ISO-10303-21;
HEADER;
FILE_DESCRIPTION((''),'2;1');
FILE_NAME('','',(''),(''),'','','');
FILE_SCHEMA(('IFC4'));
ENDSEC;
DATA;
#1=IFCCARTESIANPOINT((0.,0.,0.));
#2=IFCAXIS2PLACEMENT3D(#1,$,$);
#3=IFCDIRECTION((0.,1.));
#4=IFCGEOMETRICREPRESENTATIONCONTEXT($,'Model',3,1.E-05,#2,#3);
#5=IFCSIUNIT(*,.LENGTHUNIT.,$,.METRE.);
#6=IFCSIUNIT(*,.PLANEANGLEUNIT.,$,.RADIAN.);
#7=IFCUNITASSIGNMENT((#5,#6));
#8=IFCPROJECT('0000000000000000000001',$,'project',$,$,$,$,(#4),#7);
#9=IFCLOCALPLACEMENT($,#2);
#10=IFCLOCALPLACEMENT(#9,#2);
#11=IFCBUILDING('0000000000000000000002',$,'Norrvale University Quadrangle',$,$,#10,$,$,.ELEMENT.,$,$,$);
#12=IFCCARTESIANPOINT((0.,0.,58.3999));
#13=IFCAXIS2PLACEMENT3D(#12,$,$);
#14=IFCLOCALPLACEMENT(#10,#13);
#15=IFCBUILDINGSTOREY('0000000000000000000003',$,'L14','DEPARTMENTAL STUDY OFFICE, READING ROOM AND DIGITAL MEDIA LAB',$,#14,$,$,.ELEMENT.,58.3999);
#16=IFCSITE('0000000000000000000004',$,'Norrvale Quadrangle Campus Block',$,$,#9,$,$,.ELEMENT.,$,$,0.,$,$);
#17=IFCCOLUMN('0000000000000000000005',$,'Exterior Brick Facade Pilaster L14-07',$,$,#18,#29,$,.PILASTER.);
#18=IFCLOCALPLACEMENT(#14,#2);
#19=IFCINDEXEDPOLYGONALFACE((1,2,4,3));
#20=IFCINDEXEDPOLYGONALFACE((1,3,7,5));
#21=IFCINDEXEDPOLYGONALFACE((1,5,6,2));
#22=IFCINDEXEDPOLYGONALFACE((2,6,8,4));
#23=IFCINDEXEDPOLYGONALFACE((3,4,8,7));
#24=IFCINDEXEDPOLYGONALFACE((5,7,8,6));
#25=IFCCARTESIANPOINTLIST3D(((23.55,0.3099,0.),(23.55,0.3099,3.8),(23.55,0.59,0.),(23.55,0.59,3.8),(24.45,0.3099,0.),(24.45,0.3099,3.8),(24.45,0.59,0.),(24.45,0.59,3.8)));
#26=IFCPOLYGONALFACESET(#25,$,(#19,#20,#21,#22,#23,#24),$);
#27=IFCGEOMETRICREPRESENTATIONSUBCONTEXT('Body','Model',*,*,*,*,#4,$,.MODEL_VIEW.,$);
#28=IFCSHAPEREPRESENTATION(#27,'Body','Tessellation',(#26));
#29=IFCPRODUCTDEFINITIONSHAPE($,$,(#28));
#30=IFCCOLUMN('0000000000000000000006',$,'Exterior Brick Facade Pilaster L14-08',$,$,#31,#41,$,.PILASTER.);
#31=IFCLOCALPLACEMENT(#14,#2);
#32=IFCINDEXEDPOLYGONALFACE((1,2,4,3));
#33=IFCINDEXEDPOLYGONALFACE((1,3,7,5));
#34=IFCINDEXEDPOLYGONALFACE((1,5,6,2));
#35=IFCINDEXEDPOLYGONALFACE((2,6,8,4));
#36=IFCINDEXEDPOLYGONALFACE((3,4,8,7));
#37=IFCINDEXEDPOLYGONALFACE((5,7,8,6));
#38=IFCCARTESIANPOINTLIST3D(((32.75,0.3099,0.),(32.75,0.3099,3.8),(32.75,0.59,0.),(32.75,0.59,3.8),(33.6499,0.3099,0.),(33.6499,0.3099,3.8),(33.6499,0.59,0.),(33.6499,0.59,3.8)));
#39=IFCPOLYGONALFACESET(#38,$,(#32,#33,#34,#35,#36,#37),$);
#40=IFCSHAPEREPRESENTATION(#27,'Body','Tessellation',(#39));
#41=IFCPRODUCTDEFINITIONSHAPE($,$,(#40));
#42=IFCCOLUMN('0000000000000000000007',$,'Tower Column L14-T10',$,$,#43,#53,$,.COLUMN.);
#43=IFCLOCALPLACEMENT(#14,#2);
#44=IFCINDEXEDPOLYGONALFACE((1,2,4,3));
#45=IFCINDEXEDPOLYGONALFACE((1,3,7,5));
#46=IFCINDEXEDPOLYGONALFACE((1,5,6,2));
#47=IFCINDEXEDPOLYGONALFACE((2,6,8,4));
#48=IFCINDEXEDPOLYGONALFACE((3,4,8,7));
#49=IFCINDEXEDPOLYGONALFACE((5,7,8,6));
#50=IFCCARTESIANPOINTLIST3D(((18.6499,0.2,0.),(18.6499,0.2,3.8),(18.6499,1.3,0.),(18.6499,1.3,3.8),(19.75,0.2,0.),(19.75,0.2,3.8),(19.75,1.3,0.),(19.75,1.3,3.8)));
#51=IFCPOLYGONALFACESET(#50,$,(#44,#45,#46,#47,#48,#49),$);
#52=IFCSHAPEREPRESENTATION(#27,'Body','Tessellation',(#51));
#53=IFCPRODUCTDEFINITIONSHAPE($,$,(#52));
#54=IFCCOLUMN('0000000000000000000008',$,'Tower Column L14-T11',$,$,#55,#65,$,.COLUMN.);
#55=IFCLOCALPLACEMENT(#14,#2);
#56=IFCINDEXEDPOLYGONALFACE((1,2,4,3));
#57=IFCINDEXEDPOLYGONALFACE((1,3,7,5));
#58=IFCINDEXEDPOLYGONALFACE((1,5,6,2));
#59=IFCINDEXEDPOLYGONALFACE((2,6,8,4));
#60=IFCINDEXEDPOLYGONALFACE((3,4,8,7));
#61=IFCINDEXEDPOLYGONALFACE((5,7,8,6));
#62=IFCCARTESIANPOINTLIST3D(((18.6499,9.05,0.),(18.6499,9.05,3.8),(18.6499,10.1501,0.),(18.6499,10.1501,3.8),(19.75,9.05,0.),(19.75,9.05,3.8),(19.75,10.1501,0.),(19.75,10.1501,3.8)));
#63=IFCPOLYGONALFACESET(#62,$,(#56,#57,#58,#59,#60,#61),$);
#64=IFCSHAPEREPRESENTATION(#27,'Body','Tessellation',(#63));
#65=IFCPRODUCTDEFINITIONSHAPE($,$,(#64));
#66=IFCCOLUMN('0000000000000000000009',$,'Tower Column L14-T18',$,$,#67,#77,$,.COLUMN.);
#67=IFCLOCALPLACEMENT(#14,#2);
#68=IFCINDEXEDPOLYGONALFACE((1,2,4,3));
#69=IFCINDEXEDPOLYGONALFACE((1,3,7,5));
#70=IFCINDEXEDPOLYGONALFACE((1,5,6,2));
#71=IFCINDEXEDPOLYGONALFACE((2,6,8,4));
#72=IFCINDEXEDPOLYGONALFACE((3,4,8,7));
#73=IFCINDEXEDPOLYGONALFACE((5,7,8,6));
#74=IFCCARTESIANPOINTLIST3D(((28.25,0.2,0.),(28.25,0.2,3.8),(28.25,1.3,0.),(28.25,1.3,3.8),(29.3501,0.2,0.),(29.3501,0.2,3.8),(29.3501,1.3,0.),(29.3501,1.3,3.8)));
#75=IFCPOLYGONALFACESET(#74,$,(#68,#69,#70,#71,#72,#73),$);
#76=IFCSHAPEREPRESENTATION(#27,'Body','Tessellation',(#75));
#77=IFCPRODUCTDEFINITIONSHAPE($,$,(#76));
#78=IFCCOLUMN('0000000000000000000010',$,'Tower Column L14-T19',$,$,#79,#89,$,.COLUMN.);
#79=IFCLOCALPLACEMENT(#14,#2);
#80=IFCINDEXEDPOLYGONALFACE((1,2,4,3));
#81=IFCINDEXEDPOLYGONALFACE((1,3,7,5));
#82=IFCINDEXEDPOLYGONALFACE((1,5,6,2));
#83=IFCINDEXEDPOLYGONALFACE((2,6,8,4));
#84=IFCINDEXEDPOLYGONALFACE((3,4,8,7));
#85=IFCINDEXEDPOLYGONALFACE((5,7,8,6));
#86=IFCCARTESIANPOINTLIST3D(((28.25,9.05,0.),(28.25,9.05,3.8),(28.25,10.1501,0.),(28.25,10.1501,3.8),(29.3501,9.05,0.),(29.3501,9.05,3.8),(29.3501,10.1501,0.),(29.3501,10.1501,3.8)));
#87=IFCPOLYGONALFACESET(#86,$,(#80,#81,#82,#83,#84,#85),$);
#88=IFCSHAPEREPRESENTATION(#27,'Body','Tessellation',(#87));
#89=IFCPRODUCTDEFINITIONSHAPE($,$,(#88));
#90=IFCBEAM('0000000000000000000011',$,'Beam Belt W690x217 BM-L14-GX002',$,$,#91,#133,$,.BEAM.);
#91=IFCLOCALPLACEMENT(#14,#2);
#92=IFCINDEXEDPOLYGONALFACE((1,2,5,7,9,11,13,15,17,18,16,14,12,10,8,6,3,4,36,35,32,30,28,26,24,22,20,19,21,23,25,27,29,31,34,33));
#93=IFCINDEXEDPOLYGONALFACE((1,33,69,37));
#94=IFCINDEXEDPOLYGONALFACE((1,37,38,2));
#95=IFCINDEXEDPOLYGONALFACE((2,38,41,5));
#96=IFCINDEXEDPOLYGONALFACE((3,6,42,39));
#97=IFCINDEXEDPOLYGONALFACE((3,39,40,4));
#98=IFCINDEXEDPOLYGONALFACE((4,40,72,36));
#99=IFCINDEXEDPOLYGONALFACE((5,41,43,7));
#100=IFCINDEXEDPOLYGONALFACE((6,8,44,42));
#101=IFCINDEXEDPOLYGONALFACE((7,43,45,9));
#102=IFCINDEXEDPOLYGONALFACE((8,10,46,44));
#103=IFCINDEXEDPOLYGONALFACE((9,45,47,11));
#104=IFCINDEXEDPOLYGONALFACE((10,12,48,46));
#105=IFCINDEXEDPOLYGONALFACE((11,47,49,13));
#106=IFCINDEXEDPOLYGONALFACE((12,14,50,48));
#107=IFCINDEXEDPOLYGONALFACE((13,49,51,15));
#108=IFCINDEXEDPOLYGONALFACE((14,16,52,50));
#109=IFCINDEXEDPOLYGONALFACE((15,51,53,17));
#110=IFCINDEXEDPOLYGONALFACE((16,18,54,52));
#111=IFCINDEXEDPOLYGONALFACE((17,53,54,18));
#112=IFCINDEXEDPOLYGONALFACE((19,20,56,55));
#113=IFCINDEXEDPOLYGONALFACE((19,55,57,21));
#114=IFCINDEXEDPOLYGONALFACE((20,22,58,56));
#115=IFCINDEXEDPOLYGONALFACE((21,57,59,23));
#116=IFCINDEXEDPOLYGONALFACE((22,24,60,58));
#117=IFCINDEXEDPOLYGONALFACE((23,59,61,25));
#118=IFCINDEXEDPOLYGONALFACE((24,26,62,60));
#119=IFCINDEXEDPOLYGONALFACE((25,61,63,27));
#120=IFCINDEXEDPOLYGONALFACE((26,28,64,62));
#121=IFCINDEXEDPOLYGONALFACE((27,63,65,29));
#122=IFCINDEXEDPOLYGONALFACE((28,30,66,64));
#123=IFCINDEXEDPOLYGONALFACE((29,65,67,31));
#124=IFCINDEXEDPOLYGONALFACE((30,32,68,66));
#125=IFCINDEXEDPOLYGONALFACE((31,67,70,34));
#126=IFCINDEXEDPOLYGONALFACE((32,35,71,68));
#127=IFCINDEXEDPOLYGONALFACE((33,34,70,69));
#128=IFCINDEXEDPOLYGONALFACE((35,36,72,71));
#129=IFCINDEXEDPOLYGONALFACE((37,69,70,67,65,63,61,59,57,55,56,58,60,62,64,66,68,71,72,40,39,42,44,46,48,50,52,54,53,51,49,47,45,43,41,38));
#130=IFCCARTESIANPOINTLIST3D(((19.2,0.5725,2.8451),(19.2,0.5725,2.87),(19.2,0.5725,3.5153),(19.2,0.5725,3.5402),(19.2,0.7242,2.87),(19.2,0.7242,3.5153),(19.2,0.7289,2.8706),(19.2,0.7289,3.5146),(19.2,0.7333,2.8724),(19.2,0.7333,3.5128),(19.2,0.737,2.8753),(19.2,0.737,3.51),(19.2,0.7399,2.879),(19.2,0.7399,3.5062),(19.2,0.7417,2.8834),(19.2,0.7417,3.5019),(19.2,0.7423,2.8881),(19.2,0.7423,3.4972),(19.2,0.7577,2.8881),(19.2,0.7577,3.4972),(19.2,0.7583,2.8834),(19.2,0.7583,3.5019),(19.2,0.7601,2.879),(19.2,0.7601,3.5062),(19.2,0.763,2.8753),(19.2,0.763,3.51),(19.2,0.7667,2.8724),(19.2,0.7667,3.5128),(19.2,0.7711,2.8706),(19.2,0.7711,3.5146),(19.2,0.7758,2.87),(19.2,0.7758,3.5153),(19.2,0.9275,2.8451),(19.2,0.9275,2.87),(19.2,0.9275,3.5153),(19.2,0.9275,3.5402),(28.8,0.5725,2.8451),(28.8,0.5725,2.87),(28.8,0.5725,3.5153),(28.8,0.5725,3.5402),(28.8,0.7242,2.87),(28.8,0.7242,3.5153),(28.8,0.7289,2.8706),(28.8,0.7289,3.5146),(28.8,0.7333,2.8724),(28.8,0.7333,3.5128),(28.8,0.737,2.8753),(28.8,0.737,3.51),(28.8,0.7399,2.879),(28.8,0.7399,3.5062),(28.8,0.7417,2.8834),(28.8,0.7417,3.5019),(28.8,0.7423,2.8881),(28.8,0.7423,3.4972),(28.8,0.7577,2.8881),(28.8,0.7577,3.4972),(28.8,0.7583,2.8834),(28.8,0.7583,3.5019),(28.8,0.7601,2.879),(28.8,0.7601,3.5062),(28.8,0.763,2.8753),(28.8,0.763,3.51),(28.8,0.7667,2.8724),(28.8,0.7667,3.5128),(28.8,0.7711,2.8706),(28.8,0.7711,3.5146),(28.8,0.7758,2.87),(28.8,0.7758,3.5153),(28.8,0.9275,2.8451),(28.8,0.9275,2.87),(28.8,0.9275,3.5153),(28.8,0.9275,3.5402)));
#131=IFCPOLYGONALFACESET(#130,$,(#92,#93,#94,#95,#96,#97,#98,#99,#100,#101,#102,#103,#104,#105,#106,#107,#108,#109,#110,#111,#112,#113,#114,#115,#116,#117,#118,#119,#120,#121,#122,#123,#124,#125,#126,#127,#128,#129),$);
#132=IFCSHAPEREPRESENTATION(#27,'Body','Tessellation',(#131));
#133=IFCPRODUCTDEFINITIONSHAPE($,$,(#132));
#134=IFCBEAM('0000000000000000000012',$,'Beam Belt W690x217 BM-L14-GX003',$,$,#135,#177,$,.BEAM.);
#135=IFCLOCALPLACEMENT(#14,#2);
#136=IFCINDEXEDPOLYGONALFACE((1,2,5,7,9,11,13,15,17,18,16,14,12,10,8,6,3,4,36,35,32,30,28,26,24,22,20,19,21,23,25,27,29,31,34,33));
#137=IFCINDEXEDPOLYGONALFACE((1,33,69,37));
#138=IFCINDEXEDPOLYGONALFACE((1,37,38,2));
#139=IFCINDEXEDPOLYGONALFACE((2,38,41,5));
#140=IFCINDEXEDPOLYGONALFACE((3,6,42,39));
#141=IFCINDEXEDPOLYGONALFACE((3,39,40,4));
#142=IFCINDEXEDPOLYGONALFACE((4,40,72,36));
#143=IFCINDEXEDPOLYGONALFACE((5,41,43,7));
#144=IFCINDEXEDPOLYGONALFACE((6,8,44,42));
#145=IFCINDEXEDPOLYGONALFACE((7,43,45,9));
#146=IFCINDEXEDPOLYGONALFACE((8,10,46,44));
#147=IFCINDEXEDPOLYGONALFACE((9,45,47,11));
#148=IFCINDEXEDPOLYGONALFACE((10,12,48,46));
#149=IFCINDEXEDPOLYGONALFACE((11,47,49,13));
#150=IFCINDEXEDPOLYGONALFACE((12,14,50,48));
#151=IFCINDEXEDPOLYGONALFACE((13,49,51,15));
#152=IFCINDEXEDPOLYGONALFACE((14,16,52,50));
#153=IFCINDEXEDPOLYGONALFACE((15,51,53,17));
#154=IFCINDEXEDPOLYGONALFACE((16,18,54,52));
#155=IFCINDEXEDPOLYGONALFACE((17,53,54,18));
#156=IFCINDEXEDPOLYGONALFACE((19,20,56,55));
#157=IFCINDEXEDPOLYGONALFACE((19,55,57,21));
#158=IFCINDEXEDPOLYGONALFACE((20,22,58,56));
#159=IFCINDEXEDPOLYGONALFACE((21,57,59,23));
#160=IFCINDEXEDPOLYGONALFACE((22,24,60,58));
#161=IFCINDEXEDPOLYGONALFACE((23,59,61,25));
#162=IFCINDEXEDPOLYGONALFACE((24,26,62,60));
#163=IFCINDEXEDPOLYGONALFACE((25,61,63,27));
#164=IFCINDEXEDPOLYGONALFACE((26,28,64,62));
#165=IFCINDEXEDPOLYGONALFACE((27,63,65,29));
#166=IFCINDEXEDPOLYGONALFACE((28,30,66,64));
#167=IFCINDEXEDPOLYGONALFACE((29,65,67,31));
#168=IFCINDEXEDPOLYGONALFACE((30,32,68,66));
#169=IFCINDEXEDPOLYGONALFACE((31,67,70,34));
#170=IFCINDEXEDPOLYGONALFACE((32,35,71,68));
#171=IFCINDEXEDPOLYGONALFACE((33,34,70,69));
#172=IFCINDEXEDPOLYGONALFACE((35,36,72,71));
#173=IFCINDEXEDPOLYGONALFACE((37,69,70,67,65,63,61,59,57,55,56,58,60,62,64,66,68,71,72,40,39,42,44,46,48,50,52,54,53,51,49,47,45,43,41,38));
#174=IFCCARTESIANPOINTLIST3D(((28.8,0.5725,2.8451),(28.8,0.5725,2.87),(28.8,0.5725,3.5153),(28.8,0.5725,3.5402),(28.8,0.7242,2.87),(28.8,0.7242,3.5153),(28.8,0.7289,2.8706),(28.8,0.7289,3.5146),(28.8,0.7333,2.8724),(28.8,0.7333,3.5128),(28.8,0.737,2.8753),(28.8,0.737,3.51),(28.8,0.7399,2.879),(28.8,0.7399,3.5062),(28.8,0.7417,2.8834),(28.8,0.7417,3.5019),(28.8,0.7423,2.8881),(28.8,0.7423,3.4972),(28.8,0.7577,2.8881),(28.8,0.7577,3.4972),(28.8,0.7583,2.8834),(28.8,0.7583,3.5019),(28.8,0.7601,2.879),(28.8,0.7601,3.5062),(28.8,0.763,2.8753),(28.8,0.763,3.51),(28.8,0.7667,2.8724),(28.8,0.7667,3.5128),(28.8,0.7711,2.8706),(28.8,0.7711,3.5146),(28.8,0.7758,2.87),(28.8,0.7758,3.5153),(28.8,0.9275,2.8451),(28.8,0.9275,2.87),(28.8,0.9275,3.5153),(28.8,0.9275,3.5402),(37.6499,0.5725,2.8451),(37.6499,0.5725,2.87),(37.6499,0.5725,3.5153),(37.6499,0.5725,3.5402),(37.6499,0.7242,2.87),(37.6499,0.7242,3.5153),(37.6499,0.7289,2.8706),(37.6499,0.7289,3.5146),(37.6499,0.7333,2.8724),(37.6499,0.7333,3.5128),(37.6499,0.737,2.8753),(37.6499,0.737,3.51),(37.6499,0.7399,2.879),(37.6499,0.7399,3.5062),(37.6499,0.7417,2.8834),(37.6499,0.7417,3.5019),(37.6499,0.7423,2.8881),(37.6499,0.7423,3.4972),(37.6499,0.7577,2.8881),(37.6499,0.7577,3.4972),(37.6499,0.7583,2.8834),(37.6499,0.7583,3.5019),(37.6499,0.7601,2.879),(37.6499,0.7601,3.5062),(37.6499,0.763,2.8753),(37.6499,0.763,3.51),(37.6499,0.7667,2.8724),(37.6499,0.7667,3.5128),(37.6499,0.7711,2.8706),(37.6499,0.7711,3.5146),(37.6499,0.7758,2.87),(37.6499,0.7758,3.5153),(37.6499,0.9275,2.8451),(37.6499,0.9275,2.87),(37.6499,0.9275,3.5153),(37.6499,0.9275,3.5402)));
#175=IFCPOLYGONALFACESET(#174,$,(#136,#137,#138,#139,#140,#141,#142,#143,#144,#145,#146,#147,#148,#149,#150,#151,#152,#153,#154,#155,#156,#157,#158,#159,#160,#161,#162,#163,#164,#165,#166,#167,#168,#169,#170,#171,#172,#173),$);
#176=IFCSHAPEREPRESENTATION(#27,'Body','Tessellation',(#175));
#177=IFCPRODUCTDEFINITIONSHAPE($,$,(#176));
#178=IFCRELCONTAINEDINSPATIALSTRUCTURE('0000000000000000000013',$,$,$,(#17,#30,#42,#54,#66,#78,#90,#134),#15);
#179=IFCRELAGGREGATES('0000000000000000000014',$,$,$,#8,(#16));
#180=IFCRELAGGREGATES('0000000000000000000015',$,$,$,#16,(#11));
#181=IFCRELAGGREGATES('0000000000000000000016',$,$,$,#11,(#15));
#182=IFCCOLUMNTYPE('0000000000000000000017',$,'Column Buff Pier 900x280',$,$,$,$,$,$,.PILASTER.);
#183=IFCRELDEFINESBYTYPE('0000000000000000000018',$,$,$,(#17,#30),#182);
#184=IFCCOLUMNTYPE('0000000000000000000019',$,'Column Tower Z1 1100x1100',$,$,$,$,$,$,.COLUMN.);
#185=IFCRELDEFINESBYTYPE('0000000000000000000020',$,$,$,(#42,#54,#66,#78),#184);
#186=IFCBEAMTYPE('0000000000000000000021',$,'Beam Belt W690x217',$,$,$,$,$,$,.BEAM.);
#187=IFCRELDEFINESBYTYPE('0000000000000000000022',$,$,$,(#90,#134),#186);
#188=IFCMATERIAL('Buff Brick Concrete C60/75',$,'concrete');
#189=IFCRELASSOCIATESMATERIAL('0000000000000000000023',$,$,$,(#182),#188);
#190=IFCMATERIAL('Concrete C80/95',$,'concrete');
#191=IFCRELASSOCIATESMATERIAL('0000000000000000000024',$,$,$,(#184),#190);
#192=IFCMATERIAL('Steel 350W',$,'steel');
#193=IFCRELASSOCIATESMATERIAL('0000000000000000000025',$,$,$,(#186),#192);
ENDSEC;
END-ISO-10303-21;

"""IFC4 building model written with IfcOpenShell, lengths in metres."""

from ifc_helpers import new_model, si_unit, direction, frame, origin, origin_2d, place, context, subcontext, project, spatial, rectangle, i_section, extrude, material, material_profile, profile_set, type_object, element, save


model = new_model("IFC4")

# Units and contexts
model_context = context("Model", 3, precision=1e-05, world=origin(), true_north=direction((0.0, 1.0)))
body_context = subcontext(model_context, "Body", "Model", "MODEL_VIEW")
ifc_project = project(units=[si_unit("LENGTHUNIT", "METRE"), si_unit("PLANEANGLEUNIT", "RADIAN")], contexts=[model_context])

# Site, building, storey
site_placement = place(None, origin())
site = spatial("IfcSite", under=ifc_project, at=site_placement, Name="Norrvale Quadrangle Campus Block", CompositionType="ELEMENT", RefElevation=0.0)
building_placement = place(site_placement, origin())
building = spatial("IfcBuilding", under=site, at=building_placement, Name="Norrvale University Quadrangle", CompositionType="ELEMENT")
storey_placement = place(building_placement, frame((0.0, 0.0, 58.3999)))
storey = spatial("IfcBuildingStorey", under=building, at=storey_placement, Name="L14", Description="DEPARTMENTAL STUDY OFFICE, READING ROOM AND DIGITAL MEDIA LAB", CompositionType="ELEMENT", Elevation=58.3999)

# Columns
ifc_material_1 = material(Name="Buff Brick Concrete C60/75", Category="concrete")
ifc_material_profile_1 = material_profile(ifc_material_1, rectangle(XDim=0.8999, YDim=0.28, at=origin_2d()), Name="Buff Brick Concrete C60/75")
ifc_profile_set_1 = profile_set([ifc_material_profile_1], Name="Buff Brick Concrete C60/75")
column_type_1 = type_object("IfcColumnType", Name="Column Buff Pier 900x280", PredefinedType="PILASTER", material=ifc_profile_set_1)
for number, where, z_axis, x_axis, name in (
    (1, (24.0, 0.45, 0.0), (0.0, 0.0, 1.0), (1.0, 0.0, 0.0), "Exterior Brick Facade Pilaster L14-07"),
    (2, (33.2, 0.45, 0.0), (0.0, 0.0, 1.0), (1.0, 0.0, 0.0), "Exterior Brick Facade Pilaster L14-08"),
):
    element("IfcColumn", number, at=place(storey_placement, frame(where, z_axis=z_axis, x_axis=x_axis)), inside=storey, type_object=column_type_1, Name=name, PredefinedType="PILASTER", context=body_context, shape_type="SweptSolid", body=[
        extrude(rectangle(XDim=0.8999, YDim=0.28, at=origin_2d()), origin(), (0.0, 0.0, 1.0), 3.8),
    ])
ifc_material_2 = material(Name="Concrete C80/95", Category="concrete")
ifc_material_profile_2 = material_profile(ifc_material_2, rectangle(XDim=1.1001, YDim=1.1001, at=origin_2d()), Name="Concrete C80/95")
ifc_profile_set_2 = profile_set([ifc_material_profile_2], Name="Concrete C80/95")
column_type_2 = type_object("IfcColumnType", Name="Column Tower Z1 1100x1100", PredefinedType="COLUMN", material=ifc_profile_set_2)
for number, where, z_axis, x_axis, name in (
    (3, (19.2, 0.75, 0.0), (0.0, 0.0, 1.0), (1.0, 0.0, 0.0), "Tower Column L14-T10"),
    (4, (19.2, 9.6001, 0.0), (0.0, 0.0, 1.0), (1.0, 0.0, 0.0), "Tower Column L14-T11"),
    (5, (28.8, 0.75, 0.0), (0.0, 0.0, 1.0), (1.0, 0.0, 0.0), "Tower Column L14-T18"),
    (6, (28.8, 9.6001, 0.0), (0.0, 0.0, 1.0), (1.0, 0.0, 0.0), "Tower Column L14-T19"),
):
    element("IfcColumn", number, at=place(storey_placement, frame(where, z_axis=z_axis, x_axis=x_axis)), inside=storey, type_object=column_type_2, Name=name, PredefinedType="COLUMN", context=body_context, shape_type="SweptSolid", body=[
        extrude(rectangle(XDim=1.1001, YDim=1.1001, at=origin_2d()), origin(), (0.0, 0.0, 1.0), 3.8),
    ])

# Beams
ifc_material_3 = material(Name="Steel 350W", Category="steel")
ifc_material_profile_3 = material_profile(ifc_material_3, i_section(OverallWidth=0.355, OverallDepth=0.6951, WebThickness=0.0154, FlangeThickness=0.0249, FilletRadius=0.0181, at=origin_2d()), Name="Steel 350W")
ifc_profile_set_3 = profile_set([ifc_material_profile_3], Name="Steel 350W")
beam_type_1 = type_object("IfcBeamType", Name="Beam Belt W690x217", PredefinedType="BEAM", material=ifc_profile_set_3)
beam_1_placement = place(storey_placement, frame((19.2, 0.75, 3.1926), z_axis=(1.0, 0.0, 0.0), x_axis=(0.0, 1.0, 0.0)))
element("IfcBeam", 7, at=beam_1_placement, inside=storey, type_object=beam_type_1, Name="Beam Belt W690x217 BM-L14-GX002", PredefinedType="BEAM", context=body_context, shape_type="SweptSolid", body=[
    extrude(i_section(OverallWidth=0.355, OverallDepth=0.6951, WebThickness=0.0154, FlangeThickness=0.0249, FilletRadius=0.0181, at=origin_2d()), origin(), (0.0, 0.0, 1.0), 9.6001),
])
beam_2_placement = place(storey_placement, frame((28.8, 0.75, 3.1926), z_axis=(1.0, 0.0, 0.0), x_axis=(0.0, 1.0, 0.0)))
element("IfcBeam", 8, at=beam_2_placement, inside=storey, type_object=beam_type_1, Name="Beam Belt W690x217 BM-L14-GX003", PredefinedType="BEAM", context=body_context, shape_type="SweptSolid", body=[
    extrude(i_section(OverallWidth=0.355, OverallDepth=0.6951, WebThickness=0.0154, FlangeThickness=0.0249, FilletRadius=0.0181, at=origin_2d()), origin(), (0.0, 0.0, 1.0), 8.8499),
])

save(model, "model.ifc")
